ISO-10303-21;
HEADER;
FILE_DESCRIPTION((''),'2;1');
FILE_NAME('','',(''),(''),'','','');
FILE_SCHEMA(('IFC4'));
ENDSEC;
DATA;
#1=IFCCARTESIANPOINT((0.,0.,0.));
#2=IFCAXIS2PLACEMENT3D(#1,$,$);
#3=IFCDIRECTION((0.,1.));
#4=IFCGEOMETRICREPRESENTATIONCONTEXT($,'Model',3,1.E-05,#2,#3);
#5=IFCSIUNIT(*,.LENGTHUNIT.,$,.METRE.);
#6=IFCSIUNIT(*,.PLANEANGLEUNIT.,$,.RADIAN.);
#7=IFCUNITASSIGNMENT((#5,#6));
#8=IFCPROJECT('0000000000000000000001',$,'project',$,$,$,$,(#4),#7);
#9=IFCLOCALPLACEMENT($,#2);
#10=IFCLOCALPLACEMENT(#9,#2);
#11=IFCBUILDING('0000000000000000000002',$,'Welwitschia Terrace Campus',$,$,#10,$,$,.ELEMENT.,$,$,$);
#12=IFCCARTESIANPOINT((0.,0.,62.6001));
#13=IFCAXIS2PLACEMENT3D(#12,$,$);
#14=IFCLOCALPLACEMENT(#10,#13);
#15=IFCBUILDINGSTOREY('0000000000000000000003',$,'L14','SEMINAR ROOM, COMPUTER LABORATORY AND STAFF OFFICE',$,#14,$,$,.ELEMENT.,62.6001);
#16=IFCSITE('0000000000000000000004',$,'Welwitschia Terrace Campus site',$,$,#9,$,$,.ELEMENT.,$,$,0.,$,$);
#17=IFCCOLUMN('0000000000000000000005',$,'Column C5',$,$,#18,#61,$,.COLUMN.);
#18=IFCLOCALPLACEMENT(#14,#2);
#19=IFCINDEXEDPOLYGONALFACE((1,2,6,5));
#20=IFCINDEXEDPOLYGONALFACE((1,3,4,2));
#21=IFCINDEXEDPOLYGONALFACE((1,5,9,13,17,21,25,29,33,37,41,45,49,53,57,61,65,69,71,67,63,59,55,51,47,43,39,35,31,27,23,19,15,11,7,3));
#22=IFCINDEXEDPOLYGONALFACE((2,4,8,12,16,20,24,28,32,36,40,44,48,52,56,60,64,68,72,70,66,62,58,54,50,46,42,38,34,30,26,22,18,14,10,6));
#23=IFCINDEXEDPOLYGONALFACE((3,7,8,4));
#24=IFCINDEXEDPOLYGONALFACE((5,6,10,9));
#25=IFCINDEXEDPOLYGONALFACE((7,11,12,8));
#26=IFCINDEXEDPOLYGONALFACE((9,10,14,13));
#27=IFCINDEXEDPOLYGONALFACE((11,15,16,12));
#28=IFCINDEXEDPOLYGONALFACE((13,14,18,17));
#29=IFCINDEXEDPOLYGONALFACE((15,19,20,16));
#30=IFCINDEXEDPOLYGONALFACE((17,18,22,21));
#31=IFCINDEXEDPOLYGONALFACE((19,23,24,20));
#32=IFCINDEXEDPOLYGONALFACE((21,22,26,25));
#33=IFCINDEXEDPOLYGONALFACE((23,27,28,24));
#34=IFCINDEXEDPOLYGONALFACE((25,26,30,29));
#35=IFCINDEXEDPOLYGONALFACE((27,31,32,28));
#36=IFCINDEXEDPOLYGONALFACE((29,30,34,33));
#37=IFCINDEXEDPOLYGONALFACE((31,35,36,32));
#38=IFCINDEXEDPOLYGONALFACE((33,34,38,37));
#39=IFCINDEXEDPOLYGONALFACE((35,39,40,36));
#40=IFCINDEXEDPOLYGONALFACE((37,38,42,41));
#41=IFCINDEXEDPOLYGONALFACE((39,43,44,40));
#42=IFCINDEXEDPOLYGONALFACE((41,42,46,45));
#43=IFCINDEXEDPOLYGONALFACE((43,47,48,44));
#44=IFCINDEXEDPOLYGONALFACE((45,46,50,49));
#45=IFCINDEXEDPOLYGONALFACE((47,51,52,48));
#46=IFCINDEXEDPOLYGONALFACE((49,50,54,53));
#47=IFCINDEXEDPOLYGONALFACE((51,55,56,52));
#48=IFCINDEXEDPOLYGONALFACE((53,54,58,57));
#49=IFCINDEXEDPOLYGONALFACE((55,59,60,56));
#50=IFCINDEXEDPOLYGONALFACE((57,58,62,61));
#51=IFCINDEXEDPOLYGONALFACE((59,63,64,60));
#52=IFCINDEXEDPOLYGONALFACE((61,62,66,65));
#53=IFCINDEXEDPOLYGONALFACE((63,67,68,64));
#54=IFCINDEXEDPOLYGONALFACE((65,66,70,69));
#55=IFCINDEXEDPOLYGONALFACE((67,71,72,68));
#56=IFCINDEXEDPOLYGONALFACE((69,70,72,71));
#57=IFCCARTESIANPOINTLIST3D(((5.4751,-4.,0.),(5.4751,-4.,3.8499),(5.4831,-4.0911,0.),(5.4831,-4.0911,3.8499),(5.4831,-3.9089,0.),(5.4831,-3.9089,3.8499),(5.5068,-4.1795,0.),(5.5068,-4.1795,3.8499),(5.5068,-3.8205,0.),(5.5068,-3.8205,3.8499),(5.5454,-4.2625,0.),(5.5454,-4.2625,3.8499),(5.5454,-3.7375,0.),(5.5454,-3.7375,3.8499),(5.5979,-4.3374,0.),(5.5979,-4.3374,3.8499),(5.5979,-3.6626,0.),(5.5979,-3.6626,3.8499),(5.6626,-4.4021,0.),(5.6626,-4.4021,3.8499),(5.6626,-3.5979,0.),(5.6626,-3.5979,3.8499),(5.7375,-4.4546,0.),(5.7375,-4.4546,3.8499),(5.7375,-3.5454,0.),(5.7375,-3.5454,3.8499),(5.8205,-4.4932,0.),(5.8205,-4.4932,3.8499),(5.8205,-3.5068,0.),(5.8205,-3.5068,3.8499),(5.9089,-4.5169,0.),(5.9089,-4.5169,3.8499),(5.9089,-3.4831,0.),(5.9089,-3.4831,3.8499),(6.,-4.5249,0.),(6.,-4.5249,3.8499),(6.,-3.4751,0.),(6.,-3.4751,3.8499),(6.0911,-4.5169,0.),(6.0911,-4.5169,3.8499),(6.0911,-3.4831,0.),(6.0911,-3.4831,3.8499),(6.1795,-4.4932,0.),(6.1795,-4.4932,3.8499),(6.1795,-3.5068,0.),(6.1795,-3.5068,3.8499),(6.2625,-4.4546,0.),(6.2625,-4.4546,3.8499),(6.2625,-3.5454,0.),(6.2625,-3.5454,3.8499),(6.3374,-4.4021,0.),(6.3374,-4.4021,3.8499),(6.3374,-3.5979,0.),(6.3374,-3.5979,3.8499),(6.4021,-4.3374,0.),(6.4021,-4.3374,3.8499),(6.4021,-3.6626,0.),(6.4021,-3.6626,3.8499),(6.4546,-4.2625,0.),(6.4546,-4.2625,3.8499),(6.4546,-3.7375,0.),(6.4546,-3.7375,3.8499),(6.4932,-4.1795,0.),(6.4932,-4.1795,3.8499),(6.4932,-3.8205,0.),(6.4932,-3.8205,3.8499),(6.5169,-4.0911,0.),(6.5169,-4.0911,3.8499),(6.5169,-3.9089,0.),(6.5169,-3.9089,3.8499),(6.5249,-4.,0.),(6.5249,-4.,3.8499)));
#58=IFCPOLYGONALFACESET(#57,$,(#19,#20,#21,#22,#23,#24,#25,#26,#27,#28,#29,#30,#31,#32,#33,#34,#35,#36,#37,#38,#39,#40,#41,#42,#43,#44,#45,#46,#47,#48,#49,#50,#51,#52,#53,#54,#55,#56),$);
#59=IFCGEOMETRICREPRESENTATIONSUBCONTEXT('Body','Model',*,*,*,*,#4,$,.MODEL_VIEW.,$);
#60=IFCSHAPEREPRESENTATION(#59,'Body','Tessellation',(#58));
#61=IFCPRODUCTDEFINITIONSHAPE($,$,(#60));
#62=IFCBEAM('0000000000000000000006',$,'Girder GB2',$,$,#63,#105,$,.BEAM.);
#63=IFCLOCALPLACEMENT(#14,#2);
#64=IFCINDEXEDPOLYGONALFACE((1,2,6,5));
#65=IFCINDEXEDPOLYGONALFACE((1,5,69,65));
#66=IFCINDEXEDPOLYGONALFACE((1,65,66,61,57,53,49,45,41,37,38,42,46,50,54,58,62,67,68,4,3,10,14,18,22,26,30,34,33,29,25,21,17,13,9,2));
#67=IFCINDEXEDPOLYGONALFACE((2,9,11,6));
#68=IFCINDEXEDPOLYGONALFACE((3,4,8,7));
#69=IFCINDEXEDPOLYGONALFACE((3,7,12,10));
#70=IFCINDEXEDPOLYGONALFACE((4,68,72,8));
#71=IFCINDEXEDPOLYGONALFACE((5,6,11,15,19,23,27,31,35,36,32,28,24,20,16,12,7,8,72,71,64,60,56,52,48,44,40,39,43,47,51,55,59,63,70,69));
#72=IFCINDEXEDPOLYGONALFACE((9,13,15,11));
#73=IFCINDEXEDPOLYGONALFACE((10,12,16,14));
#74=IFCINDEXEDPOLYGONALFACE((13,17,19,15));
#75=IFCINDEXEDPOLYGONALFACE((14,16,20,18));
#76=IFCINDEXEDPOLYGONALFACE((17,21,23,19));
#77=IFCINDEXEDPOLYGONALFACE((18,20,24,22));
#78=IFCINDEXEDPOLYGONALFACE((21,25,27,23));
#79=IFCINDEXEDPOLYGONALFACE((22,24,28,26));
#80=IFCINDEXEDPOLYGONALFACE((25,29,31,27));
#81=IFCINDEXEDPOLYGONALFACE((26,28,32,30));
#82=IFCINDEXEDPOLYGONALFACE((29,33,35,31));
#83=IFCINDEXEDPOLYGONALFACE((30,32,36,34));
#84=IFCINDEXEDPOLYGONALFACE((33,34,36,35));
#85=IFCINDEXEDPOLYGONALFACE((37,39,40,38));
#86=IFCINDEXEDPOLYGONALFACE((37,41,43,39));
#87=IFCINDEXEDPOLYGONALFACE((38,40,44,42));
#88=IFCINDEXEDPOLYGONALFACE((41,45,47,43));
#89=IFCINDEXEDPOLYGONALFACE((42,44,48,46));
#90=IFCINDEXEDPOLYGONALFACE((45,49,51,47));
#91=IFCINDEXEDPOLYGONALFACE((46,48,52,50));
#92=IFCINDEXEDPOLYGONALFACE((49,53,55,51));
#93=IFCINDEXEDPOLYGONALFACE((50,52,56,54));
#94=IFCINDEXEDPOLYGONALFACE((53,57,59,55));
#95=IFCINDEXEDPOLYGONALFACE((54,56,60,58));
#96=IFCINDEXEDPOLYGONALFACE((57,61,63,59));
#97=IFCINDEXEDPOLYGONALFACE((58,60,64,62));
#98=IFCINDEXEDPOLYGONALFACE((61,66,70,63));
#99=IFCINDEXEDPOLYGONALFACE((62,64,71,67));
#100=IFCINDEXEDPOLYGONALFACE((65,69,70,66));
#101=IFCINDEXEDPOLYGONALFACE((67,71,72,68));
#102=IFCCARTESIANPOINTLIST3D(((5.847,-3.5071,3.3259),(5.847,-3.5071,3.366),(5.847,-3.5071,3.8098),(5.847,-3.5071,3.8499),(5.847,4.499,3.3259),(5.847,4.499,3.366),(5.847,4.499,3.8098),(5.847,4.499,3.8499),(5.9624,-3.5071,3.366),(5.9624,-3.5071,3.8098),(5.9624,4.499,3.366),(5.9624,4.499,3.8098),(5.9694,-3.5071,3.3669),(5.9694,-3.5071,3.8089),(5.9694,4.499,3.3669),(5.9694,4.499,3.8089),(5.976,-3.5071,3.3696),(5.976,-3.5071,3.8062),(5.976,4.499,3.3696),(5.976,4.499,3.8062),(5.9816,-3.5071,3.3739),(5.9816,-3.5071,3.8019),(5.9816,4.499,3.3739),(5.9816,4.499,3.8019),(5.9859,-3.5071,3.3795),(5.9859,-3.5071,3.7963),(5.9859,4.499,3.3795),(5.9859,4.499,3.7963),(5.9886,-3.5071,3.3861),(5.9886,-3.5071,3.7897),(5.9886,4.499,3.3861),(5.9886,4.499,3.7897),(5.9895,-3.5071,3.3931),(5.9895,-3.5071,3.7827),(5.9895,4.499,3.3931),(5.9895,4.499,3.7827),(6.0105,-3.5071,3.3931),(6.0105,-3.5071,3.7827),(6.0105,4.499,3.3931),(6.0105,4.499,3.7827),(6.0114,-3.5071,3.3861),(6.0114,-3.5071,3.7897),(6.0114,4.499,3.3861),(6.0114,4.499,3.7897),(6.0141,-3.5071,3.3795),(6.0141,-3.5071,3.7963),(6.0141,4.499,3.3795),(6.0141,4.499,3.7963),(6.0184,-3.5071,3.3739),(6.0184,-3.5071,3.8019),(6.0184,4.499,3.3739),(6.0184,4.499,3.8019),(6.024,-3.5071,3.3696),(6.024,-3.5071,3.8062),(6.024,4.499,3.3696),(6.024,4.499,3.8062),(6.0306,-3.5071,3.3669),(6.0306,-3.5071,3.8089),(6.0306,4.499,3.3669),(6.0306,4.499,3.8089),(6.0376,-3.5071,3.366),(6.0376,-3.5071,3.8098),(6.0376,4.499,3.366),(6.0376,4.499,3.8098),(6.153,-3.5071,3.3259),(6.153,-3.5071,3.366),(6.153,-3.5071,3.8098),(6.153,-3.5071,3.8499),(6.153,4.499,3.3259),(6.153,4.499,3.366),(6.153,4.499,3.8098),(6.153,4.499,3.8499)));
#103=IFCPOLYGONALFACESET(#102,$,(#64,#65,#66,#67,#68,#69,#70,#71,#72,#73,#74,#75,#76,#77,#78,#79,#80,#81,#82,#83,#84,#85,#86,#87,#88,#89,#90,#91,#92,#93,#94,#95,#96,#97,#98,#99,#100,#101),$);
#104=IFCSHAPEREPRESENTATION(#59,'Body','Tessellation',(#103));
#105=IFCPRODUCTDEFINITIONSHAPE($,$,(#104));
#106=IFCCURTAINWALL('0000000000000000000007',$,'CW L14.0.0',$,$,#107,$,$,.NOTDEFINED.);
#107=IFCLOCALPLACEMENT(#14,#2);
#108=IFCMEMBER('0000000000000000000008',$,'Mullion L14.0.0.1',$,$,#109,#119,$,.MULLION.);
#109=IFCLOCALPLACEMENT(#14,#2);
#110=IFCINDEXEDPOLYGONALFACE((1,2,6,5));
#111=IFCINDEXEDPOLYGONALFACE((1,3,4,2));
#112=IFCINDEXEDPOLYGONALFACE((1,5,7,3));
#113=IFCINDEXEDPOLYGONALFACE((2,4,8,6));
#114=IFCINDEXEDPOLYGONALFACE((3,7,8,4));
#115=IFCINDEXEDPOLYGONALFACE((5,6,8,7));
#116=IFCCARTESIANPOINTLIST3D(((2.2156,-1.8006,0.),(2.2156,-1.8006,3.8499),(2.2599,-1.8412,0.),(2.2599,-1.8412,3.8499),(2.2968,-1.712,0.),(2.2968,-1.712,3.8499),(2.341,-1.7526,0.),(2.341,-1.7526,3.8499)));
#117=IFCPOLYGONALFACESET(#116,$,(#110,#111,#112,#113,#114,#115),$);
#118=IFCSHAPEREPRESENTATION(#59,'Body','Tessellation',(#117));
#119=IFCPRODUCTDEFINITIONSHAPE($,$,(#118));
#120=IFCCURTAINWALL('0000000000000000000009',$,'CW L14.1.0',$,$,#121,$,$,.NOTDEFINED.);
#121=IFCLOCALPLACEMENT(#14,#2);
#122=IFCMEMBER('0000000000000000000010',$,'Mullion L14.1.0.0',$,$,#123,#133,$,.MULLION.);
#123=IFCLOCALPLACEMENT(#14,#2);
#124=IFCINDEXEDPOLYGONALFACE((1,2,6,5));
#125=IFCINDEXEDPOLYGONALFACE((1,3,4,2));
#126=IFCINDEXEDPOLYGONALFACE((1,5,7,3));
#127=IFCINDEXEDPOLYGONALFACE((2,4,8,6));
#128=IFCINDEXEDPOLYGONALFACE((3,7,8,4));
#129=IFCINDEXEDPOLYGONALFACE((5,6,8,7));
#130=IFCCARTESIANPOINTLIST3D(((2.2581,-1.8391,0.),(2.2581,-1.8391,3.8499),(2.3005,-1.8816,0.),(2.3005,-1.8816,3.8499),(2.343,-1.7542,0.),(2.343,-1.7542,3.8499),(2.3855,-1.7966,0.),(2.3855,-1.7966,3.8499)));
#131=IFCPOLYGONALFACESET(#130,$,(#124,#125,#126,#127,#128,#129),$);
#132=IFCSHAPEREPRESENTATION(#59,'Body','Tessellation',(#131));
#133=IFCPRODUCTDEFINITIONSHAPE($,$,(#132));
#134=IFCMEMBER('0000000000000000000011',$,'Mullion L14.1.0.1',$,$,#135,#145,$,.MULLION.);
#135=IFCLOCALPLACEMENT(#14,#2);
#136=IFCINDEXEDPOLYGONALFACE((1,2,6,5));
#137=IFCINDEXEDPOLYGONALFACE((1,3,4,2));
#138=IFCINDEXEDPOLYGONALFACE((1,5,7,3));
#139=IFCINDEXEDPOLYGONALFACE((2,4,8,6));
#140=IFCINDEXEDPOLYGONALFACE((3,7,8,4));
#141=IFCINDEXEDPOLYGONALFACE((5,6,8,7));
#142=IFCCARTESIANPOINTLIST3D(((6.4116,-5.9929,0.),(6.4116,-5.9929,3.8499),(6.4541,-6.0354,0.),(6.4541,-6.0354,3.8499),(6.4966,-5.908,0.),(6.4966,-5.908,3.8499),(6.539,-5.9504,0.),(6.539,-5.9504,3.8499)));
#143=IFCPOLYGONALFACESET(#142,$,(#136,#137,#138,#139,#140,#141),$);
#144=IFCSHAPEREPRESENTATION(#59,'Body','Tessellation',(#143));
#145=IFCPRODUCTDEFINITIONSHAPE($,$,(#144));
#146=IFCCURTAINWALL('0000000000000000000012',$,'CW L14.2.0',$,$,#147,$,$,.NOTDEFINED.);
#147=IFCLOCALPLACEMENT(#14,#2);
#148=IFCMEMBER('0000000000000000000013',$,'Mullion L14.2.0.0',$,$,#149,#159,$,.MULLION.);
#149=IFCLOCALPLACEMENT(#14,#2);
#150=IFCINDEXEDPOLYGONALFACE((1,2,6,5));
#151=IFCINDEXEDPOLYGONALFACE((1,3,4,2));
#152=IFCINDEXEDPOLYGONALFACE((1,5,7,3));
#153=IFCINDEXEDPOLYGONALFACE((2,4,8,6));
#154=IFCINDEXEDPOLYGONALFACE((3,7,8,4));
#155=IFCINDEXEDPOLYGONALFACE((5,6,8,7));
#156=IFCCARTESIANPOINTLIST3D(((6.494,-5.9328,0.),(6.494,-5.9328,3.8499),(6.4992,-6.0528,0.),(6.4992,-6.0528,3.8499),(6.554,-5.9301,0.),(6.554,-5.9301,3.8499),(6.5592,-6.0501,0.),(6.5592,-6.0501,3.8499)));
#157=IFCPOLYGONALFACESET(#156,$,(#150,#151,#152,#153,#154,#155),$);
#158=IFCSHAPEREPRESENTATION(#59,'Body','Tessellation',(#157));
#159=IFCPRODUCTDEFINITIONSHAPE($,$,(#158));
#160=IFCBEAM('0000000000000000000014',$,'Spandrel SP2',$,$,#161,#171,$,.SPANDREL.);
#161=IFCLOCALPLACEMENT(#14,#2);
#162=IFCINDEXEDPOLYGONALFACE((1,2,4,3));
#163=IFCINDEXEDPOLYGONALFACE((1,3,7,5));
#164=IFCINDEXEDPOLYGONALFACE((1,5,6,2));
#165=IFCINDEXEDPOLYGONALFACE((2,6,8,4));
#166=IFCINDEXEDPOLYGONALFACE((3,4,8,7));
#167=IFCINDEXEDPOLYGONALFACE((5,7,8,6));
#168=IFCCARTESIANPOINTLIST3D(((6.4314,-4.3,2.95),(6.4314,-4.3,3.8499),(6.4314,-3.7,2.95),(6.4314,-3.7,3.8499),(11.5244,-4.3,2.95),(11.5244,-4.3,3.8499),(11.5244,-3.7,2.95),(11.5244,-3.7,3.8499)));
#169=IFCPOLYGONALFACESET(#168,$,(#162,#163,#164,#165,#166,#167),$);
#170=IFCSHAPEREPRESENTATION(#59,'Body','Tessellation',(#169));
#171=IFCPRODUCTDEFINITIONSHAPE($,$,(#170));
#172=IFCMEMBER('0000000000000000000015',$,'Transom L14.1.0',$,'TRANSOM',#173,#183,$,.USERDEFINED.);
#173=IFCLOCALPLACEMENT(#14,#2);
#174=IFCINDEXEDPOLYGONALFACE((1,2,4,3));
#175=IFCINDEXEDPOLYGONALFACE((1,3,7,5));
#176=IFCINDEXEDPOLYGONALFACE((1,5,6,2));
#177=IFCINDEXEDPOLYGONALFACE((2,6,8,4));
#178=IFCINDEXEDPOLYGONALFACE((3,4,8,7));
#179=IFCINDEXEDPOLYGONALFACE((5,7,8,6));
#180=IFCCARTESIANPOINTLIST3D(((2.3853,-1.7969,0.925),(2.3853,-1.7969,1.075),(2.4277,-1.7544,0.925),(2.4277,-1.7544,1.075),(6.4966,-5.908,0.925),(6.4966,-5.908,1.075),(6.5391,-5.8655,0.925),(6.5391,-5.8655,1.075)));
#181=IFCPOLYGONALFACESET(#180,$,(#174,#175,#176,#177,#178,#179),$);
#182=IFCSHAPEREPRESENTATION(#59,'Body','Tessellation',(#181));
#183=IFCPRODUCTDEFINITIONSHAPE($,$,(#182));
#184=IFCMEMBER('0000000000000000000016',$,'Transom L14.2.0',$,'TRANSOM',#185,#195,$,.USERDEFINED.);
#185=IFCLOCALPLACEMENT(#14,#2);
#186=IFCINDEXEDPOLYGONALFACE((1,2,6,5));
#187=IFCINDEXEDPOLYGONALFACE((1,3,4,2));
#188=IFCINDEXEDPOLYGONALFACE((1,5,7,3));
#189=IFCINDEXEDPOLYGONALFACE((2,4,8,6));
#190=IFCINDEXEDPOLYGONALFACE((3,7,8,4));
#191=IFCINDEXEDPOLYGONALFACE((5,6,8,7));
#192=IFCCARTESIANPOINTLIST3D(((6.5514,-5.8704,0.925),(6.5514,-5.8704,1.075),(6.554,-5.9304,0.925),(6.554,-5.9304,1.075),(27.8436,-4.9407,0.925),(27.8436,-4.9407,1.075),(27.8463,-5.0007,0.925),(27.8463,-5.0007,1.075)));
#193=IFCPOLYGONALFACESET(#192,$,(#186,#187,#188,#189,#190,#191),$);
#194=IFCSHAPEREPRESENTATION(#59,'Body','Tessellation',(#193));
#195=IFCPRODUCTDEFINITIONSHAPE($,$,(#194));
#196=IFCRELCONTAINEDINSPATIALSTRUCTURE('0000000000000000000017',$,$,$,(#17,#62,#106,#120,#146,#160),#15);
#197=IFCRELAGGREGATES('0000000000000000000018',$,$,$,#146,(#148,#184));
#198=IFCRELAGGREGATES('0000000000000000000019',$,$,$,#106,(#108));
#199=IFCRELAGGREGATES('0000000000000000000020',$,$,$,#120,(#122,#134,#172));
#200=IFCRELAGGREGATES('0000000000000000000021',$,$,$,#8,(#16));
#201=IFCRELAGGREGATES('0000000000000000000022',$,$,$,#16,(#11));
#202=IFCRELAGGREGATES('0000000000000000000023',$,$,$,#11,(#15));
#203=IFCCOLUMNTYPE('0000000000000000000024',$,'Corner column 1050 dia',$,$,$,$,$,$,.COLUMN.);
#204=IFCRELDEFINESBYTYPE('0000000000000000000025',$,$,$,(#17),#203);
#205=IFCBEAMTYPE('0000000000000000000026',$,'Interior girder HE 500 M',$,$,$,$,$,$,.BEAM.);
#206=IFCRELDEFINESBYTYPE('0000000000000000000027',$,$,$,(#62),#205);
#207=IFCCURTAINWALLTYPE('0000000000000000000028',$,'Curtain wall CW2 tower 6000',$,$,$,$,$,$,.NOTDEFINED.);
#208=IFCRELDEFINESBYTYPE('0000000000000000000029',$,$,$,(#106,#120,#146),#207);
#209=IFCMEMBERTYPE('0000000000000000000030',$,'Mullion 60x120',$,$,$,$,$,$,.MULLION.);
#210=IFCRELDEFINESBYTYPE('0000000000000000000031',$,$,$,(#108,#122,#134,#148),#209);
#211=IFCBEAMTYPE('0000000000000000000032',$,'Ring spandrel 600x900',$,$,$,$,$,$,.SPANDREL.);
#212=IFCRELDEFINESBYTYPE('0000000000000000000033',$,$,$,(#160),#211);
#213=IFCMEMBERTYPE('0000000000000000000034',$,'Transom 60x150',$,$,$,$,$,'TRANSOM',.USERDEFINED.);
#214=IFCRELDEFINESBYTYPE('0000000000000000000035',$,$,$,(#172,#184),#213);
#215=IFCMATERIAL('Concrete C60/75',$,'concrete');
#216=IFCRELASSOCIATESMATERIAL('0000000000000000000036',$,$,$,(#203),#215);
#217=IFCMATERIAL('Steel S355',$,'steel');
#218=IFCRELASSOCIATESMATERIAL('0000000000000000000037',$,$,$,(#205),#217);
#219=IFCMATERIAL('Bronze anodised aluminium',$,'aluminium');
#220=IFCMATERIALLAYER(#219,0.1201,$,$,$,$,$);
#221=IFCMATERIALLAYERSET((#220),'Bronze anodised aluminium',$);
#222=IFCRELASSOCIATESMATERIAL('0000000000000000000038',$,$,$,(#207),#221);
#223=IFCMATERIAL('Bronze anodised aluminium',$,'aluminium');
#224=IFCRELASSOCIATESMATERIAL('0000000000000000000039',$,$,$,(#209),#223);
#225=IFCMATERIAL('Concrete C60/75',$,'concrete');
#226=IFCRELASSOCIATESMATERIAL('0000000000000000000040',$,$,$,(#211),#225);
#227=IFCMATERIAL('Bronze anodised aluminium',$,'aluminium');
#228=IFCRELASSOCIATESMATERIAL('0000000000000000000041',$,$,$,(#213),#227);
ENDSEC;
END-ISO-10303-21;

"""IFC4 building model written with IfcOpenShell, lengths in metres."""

from ifc_helpers import new_model, si_unit, direction, frame, origin, origin_2d, place, context, subcontext, project, spatial, rectangle, circle, i_section, extrude, material, layer, layer_set, material_profile, profile_set, type_object, element, aggregate, save


model = new_model("IFC4")

# Units and contexts
model_context = context("Model", 3, precision=1e-05, world=origin(), true_north=direction((0.0, 1.0)))
body_context = subcontext(model_context, "Body", "Model", "MODEL_VIEW")
ifc_project = project(units=[si_unit("LENGTHUNIT", "METRE"), si_unit("PLANEANGLEUNIT", "RADIAN")], contexts=[model_context])

# Site, building, storey
site_placement = place(None, origin())
site = spatial("IfcSite", under=ifc_project, at=site_placement, Name="Welwitschia Terrace Campus site", CompositionType="ELEMENT", RefElevation=0.0)
building_placement = place(site_placement, origin())
building = spatial("IfcBuilding", under=site, at=building_placement, Name="Welwitschia Terrace Campus", CompositionType="ELEMENT")
storey_placement = place(building_placement, frame((0.0, 0.0, 62.6001)))
storey = spatial("IfcBuildingStorey", under=building, at=storey_placement, Name="L14", Description="SEMINAR ROOM, COMPUTER LABORATORY AND STAFF OFFICE", CompositionType="ELEMENT", Elevation=62.6001)

# Column
ifc_material_1 = material(Name="Concrete C60/75", Category="concrete")
ifc_material_profile_1 = material_profile(ifc_material_1, circle(Radius=0.5249, at=origin_2d()))
ifc_profile_set_1 = profile_set([ifc_material_profile_1], Name="Concrete C60/75")
column_type = type_object("IfcColumnType", Name="Corner column 1050 dia", PredefinedType="COLUMN", material=ifc_profile_set_1)
column_placement = place(storey_placement, frame((6.0, -4.0, 0.0), z_axis=(0.0, 0.0, 1.0), x_axis=(1.0, 0.0, 0.0)))
element("IfcColumn", 1, at=column_placement, inside=storey, type_object=column_type, Name="Column C5", PredefinedType="COLUMN", context=body_context, shape_type="SweptSolid", body=[
    extrude(circle(Radius=0.5249, at=origin_2d()), origin(), (0.0, 0.0, 1.0), 3.8499),
])

# Beam
ifc_material_2 = material(Name="Steel S355", Category="steel")
ifc_material_profile_2 = material_profile(ifc_material_2, i_section(OverallWidth=0.3059, OverallDepth=0.5239, WebThickness=0.021, FlangeThickness=0.04, FilletRadius=0.0271, at=origin_2d()))
ifc_profile_set_2 = profile_set([ifc_material_profile_2], Name="Steel S355")
beam_type_1 = type_object("IfcBeamType", Name="Interior girder HE 500 M", PredefinedType="BEAM", material=ifc_profile_set_2)
beam_1_placement = place(storey_placement, frame((6.0, -3.5071, 3.5879), z_axis=(0.0, 1.0, 0.0), x_axis=(-1.0, 0.0, 0.0)))
element("IfcBeam", 2, at=beam_1_placement, inside=storey, type_object=beam_type_1, Name="Girder GB2", PredefinedType="BEAM", context=body_context, shape_type="SweptSolid", body=[
    extrude(i_section(OverallWidth=0.3059, OverallDepth=0.5239, WebThickness=0.021, FlangeThickness=0.04, FilletRadius=0.0271, at=origin_2d()), origin(), (0.0, 0.0, 1.0), 8.0061),
])

# Curtain wall, member
ifc_material_3 = material(Name="Bronze anodised aluminium", Category="aluminium")
ifc_layer_1 = layer(ifc_material_3, 0.1201)
ifc_layer_set_1 = layer_set([ifc_layer_1], Name="Bronze anodised aluminium")
curtain_wall_type = type_object("IfcCurtainWallType", Name="Curtain wall CW2 tower 6000", PredefinedType="NOTDEFINED", material=ifc_layer_set_1)
curtain_wall_1_placement = place(storey_placement, origin())
curtain_wall_1 = element("IfcCurtainWall", 3, at=curtain_wall_1_placement, inside=storey, type_object=curtain_wall_type, Name="CW L14.0.0", PredefinedType="NOTDEFINED")
ifc_material_4 = material(Name="Bronze anodised aluminium", Category="aluminium")
ifc_material_profile_3 = material_profile(ifc_material_4, rectangle(XDim=0.1201, YDim=0.0601, at=origin_2d()))
ifc_profile_set_3 = profile_set([ifc_material_profile_3], Name="Bronze anodised aluminium")
member_type_1 = type_object("IfcMemberType", Name="Mullion 60x120", PredefinedType="MULLION", material=ifc_profile_set_3)
member_1_placement = place(storey_placement, frame((2.2783, -1.7766, 0.0), z_axis=(0.0, 0.0, 1.0), x_axis=(0.67559, 0.737277, 0.0)))
member_1 = element("IfcMember", 4, at=member_1_placement, type_object=member_type_1, Name="Mullion L14.0.0.1", PredefinedType="MULLION", context=body_context, shape_type="SweptSolid", body=[
    extrude(rectangle(XDim=0.1201, YDim=0.0601, at=origin_2d()), origin(), (0.0, 0.0, 1.0), 3.8499),
])

# Curtain wall, members
curtain_wall_2_placement = place(storey_placement, origin())
curtain_wall_2 = element("IfcCurtainWall", 5, at=curtain_wall_2_placement, inside=storey, type_object=curtain_wall_type, Name="CW L14.1.0", PredefinedType="NOTDEFINED")
member_2_placement = place(storey_placement, frame((2.3218, -1.8179, 0.0), z_axis=(0.0, 0.0, 1.0), x_axis=(0.707107, 0.707107, 0.0)))
member_2 = element("IfcMember", 6, at=member_2_placement, type_object=member_type_1, Name="Mullion L14.1.0.0", PredefinedType="MULLION", context=body_context, shape_type="SweptSolid", body=[
    extrude(rectangle(XDim=0.1201, YDim=0.0601, at=origin_2d()), origin(), (0.0, 0.0, 1.0), 3.8499),
])
member_3_placement = place(storey_placement, frame((6.4753, -5.9717, 0.0), z_axis=(0.0, 0.0, 1.0), x_axis=(0.707107, 0.707107, 0.0)))
member_3 = element("IfcMember", 7, at=member_3_placement, type_object=member_type_1, Name="Mullion L14.1.0.1", PredefinedType="MULLION", context=body_context, shape_type="SweptSolid", body=[
    extrude(rectangle(XDim=0.1201, YDim=0.0601, at=origin_2d()), origin(), (0.0, 0.0, 1.0), 3.8499),
])

# Curtain wall, member
curtain_wall_3_placement = place(storey_placement, origin())
curtain_wall_3 = element("IfcCurtainWall", 8, at=curtain_wall_3_placement, inside=storey, type_object=curtain_wall_type, Name="CW L14.2.0", PredefinedType="NOTDEFINED")
member_4_placement = place(storey_placement, frame((6.5266, -5.9915, 0.0), z_axis=(0.0, 0.0, 1.0), x_axis=(-0.043619, 0.999048, 0.0)))
member_4 = element("IfcMember", 9, at=member_4_placement, type_object=member_type_1, Name="Mullion L14.2.0.0", PredefinedType="MULLION", context=body_context, shape_type="SweptSolid", body=[
    extrude(rectangle(XDim=0.1201, YDim=0.0601, at=origin_2d()), origin(), (0.0, 0.0, 1.0), 3.8499),
])

# Beam
ifc_material_5 = material(Name="Concrete C60/75", Category="concrete")
ifc_material_profile_4 = material_profile(ifc_material_5, rectangle(XDim=0.6001, YDim=0.8999, at=origin_2d()))
ifc_profile_set_4 = profile_set([ifc_material_profile_4], Name="Concrete C60/75")
beam_type_2 = type_object("IfcBeamType", Name="Ring spandrel 600x900", PredefinedType="SPANDREL", material=ifc_profile_set_4)
beam_2_placement = place(storey_placement, frame((6.4314, -4.0, 3.3999), z_axis=(1.0, 0.0, 0.0), x_axis=(0.0, 1.0, 0.0)))
element("IfcBeam", 10, at=beam_2_placement, inside=storey, type_object=beam_type_2, Name="Spandrel SP2", PredefinedType="SPANDREL", context=body_context, shape_type="SweptSolid", body=[
    extrude(rectangle(XDim=0.6001, YDim=0.8999, at=origin_2d()), origin(), (0.0, 0.0, 1.0), 5.093),
])

# Members
ifc_material_6 = material(Name="Bronze anodised aluminium", Category="aluminium")
ifc_material_profile_5 = material_profile(ifc_material_6, rectangle(XDim=0.0601, YDim=0.1499, at=origin_2d()))
ifc_profile_set_5 = profile_set([ifc_material_profile_5], Name="Bronze anodised aluminium")
member_type_2 = type_object("IfcMemberType", Name="Transom 60x150", ElementType="TRANSOM", PredefinedType="USERDEFINED", material=ifc_profile_set_5)
member_5_placement = place(storey_placement, frame((2.4065, -1.7756, 1.0), z_axis=(0.707128, -0.707086, 0.0), x_axis=(0.707086, 0.707128, 0.0)))
member_5 = element("IfcMember", 11, at=member_5_placement, type_object=member_type_2, Name="Transom L14.1.0", ObjectType="TRANSOM", PredefinedType="USERDEFINED", context=body_context, shape_type="SweptSolid", body=[
    extrude(rectangle(XDim=0.0601, YDim=0.1499, at=origin_2d()), origin(), (0.0, 0.0, 1.0), 5.8142),
])
member_6_placement = place(storey_placement, frame((6.5527, -5.9004, 1.0), z_axis=(0.999048, 0.043622, 0.0), x_axis=(-0.043622, 0.999048, 0.0)))
member_6 = element("IfcMember", 12, at=member_6_placement, type_object=member_type_2, Name="Transom L14.2.0", ObjectType="TRANSOM", PredefinedType="USERDEFINED", context=body_context, shape_type="SweptSolid", body=[
    extrude(rectangle(XDim=0.0601, YDim=0.1499, at=origin_2d()), origin(), (0.0, 0.0, 1.0), 21.3125),
])
aggregate(curtain_wall_3, [member_4, member_6])

aggregate(curtain_wall_1, [member_1])
aggregate(curtain_wall_2, [member_2, member_3, member_5])

save(model, "model.ifc")
